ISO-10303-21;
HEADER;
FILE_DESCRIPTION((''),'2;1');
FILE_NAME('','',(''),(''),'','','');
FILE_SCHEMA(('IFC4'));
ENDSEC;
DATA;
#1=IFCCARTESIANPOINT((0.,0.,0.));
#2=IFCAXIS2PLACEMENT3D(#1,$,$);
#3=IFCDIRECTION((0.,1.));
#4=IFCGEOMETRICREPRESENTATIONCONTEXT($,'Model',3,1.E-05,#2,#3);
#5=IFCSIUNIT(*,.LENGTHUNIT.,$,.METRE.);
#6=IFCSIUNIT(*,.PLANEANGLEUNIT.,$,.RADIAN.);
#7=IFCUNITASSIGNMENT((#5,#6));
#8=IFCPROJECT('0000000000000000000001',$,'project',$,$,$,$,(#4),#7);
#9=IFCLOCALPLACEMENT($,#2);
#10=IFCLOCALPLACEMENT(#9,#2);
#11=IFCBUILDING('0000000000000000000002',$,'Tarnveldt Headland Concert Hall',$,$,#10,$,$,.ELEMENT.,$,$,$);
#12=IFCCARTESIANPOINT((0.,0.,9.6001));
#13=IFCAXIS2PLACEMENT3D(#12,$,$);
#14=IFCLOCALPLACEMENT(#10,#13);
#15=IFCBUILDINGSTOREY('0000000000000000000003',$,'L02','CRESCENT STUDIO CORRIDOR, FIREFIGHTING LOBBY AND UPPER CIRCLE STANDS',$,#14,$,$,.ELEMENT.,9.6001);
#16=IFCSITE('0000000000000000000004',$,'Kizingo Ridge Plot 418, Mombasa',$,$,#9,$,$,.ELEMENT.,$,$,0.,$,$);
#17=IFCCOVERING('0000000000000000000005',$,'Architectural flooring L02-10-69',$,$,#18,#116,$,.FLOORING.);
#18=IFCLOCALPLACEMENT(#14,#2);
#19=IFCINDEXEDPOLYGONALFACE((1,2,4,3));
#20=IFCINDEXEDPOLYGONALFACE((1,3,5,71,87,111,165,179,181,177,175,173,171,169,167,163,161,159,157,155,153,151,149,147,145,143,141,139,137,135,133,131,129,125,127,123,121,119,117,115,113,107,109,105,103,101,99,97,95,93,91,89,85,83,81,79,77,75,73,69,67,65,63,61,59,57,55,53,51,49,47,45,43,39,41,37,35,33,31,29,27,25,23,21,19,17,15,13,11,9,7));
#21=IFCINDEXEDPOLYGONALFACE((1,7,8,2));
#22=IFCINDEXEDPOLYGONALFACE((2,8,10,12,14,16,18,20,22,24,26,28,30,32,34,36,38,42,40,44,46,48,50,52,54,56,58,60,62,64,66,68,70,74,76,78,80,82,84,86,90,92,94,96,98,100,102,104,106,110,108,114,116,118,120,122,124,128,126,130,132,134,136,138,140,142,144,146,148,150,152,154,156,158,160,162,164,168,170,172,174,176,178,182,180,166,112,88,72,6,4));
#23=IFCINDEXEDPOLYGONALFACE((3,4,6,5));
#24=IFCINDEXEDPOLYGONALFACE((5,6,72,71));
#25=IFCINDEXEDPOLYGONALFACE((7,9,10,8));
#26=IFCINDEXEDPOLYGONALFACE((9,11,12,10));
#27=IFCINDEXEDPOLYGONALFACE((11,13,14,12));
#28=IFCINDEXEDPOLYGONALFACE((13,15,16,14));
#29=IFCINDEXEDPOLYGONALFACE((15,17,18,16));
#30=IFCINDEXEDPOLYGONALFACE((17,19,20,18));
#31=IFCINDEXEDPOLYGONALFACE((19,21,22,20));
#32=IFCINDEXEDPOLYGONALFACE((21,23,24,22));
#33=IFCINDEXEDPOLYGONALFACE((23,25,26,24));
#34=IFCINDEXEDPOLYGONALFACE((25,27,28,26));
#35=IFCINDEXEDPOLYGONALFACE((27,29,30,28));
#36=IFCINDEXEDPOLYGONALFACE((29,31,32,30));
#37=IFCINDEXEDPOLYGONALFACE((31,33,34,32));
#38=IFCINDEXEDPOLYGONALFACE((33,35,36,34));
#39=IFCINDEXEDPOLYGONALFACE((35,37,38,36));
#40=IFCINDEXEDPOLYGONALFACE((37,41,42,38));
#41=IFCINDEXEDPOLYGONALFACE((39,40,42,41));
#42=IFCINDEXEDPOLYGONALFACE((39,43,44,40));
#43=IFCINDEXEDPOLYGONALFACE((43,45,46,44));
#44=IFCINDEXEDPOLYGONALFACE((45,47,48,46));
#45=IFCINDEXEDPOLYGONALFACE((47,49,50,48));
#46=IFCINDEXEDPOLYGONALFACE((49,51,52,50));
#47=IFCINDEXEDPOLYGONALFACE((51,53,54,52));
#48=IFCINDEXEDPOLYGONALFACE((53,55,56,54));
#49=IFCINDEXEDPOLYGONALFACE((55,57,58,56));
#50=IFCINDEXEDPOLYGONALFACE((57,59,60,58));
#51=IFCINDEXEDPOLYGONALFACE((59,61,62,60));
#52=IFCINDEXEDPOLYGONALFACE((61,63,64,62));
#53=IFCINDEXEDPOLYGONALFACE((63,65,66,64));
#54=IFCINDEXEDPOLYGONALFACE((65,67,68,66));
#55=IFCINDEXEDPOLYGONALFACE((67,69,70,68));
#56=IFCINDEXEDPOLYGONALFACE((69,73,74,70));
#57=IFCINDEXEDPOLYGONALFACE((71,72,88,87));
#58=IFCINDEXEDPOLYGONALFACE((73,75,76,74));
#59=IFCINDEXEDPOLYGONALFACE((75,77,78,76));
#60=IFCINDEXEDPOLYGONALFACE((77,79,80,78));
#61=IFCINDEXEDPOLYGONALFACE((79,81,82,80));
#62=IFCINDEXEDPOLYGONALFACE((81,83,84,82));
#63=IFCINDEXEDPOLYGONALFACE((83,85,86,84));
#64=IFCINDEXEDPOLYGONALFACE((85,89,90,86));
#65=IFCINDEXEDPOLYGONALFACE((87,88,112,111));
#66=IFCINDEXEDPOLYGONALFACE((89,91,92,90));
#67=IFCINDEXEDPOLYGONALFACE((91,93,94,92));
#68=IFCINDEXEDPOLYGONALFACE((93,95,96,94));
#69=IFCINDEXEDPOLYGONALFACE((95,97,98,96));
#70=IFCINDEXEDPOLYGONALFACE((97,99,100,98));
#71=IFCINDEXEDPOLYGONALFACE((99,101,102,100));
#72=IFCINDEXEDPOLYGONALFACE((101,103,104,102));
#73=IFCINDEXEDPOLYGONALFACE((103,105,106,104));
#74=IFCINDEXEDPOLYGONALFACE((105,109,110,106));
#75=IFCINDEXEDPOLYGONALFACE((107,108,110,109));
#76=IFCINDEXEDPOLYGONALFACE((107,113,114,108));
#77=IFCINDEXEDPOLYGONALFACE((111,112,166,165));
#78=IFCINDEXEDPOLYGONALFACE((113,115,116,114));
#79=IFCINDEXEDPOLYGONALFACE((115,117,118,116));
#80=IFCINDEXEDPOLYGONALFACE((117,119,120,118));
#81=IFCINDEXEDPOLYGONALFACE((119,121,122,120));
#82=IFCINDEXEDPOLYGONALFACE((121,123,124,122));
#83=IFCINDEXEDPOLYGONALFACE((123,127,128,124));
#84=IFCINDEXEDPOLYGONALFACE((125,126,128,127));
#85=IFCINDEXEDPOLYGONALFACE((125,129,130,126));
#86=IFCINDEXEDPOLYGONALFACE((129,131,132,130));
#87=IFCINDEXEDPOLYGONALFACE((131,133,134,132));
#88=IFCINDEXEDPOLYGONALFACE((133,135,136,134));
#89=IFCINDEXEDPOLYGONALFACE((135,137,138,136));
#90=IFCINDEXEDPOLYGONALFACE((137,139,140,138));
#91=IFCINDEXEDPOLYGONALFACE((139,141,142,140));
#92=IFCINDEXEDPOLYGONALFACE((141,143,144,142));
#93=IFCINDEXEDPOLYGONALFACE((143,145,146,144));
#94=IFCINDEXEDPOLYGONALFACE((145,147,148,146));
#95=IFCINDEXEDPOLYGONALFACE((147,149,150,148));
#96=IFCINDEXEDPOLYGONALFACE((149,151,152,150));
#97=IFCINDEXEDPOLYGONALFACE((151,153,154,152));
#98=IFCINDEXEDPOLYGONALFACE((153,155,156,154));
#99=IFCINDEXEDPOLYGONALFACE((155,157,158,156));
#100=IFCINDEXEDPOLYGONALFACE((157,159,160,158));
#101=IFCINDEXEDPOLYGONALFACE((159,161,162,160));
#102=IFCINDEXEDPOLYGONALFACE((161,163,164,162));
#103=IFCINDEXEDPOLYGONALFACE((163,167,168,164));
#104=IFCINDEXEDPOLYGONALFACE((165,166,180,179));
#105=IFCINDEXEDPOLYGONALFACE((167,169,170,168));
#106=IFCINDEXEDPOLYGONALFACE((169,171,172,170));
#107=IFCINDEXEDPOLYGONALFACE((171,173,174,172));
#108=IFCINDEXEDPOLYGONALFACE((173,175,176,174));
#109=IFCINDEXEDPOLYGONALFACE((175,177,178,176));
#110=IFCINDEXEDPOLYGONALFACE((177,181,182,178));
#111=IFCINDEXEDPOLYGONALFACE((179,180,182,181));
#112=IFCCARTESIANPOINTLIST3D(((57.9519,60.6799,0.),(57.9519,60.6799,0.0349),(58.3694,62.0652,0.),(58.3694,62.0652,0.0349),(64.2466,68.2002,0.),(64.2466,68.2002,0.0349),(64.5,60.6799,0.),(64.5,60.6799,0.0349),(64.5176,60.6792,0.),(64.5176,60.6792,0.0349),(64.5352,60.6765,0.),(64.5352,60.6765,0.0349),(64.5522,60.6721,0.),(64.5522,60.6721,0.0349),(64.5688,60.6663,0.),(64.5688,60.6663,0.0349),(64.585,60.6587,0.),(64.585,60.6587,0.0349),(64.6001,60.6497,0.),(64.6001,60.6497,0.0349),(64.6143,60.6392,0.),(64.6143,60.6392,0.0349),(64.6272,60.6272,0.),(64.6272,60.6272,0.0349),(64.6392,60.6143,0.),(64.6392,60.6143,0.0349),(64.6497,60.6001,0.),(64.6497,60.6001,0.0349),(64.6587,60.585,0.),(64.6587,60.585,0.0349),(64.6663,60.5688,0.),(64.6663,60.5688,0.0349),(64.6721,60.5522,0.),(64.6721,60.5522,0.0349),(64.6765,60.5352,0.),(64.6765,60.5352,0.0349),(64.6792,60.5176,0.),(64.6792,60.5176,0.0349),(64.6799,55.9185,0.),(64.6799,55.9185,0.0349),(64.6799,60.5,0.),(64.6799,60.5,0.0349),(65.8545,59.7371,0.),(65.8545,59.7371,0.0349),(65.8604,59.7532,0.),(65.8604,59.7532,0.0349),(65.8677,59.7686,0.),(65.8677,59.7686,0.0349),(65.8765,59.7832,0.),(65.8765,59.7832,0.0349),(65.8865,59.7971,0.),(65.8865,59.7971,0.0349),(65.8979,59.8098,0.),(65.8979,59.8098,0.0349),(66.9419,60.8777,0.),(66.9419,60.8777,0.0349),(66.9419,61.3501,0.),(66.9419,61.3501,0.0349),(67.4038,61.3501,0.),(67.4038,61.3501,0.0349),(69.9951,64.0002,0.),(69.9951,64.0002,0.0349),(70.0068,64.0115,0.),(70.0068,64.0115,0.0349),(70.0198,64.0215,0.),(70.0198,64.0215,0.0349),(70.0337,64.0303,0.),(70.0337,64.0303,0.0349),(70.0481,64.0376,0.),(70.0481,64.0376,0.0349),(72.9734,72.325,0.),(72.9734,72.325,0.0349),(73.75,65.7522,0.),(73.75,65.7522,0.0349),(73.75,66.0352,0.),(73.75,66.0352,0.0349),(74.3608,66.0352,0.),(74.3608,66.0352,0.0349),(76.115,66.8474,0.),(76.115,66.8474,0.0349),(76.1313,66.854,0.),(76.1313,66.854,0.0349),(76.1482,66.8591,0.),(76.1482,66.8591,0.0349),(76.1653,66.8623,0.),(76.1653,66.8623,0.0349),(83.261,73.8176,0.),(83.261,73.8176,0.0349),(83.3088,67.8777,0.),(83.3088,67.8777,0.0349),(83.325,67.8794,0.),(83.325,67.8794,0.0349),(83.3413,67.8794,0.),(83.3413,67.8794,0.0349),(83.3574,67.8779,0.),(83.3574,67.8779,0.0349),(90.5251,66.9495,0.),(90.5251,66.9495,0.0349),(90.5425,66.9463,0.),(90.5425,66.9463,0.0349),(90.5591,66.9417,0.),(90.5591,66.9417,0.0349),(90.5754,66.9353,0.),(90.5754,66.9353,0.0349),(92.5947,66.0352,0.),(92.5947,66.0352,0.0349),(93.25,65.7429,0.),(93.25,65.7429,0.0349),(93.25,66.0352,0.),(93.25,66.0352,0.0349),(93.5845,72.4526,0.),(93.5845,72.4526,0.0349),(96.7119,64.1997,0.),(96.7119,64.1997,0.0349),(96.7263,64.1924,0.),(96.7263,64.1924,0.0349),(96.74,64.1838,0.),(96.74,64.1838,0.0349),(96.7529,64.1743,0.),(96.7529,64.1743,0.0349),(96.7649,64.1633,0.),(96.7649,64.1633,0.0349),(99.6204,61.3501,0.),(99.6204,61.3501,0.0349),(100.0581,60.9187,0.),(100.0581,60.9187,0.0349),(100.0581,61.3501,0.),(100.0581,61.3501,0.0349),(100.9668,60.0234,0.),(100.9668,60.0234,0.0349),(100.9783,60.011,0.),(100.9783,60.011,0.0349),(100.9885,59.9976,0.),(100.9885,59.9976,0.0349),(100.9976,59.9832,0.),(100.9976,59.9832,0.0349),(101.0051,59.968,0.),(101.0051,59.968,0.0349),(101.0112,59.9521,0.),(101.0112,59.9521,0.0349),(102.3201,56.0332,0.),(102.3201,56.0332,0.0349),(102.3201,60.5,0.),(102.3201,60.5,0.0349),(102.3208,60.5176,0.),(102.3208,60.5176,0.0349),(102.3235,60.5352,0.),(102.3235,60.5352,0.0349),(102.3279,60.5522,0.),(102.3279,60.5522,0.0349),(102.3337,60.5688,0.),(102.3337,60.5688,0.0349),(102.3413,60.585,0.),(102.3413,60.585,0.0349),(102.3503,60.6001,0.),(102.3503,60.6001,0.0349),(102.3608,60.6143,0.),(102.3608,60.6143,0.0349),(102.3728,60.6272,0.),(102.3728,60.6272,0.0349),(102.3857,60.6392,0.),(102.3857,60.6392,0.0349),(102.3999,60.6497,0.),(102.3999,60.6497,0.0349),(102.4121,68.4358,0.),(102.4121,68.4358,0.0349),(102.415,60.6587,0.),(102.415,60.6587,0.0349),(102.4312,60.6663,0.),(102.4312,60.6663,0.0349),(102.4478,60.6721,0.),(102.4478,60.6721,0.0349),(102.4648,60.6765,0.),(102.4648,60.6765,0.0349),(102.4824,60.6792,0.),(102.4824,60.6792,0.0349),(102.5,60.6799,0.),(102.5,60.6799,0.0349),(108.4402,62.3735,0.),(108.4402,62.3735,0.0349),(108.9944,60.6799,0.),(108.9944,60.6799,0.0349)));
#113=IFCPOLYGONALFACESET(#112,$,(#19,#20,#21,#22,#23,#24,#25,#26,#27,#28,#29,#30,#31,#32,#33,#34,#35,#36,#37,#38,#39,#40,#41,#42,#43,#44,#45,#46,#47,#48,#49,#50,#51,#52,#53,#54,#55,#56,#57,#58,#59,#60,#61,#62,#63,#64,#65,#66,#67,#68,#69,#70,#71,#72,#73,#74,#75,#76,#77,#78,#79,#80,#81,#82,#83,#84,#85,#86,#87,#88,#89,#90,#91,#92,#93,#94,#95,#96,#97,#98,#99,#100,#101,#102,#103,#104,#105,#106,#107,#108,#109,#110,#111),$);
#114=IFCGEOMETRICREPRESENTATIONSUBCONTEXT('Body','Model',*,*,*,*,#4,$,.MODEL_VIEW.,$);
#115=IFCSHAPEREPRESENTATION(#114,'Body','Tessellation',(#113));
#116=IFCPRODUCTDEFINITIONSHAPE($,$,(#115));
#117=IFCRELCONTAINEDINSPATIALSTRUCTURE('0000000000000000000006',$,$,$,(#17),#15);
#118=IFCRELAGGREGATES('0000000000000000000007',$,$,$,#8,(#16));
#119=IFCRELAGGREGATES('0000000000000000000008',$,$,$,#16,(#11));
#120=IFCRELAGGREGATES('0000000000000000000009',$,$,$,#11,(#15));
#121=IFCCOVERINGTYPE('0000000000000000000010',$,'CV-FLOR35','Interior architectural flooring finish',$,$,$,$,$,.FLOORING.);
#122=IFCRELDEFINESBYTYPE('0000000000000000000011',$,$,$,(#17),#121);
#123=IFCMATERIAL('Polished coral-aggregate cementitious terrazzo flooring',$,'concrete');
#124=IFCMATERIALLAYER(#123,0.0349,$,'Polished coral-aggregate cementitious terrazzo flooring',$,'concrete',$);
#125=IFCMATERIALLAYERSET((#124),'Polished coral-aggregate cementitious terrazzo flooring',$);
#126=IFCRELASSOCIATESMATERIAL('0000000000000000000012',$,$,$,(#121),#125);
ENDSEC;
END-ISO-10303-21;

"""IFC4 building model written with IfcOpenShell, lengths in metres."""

from ifc_helpers import new_model, si_unit, direction, frame, origin, place, context, subcontext, project, spatial, polyline, outline, extrude, material, layer, layer_set, type_object, element, save


model = new_model("IFC4")

# Units and contexts
model_context = context("Model", 3, precision=1e-05, world=origin(), true_north=direction((0.0, 1.0)))
body_context = subcontext(model_context, "Body", "Model", "MODEL_VIEW")
ifc_project = project(units=[si_unit("LENGTHUNIT", "METRE"), si_unit("PLANEANGLEUNIT", "RADIAN")], contexts=[model_context])

# Site, building, storey
site_placement = place(None, origin())
site = spatial("IfcSite", under=ifc_project, at=site_placement, Name="Kizingo Ridge Plot 418, Mombasa", CompositionType="ELEMENT", RefElevation=0.0)
building_placement = place(site_placement, origin())
building = spatial("IfcBuilding", under=site, at=building_placement, Name="Tarnveldt Headland Concert Hall", CompositionType="ELEMENT")
storey_placement = place(building_placement, frame((0.0, 0.0, 9.6001)))
storey = spatial("IfcBuildingStorey", under=building, at=storey_placement, Name="L02", Description="CRESCENT STUDIO CORRIDOR, FIREFIGHTING LOBBY AND UPPER CIRCLE STANDS", CompositionType="ELEMENT", Elevation=9.6001)

# Covering
ifc_material_1 = material(Name="Polished coral-aggregate cementitious terrazzo flooring", Category="concrete")
ifc_layer_1 = layer(ifc_material_1, 0.0349, Name="Polished coral-aggregate cementitious terrazzo flooring", Category="concrete")
ifc_layer_set_1 = layer_set([ifc_layer_1], Name="Polished coral-aggregate cementitious terrazzo flooring")
covering_type_1 = type_object("IfcCoveringType", Name="CV-FLOR35", Description="Interior architectural flooring finish", PredefinedType="FLOORING", material=ifc_layer_set_1)
covering_1_placement = place(storey_placement, origin())
element("IfcCovering", 1, at=covering_1_placement, inside=storey, type_object=covering_type_1, Name="Architectural flooring L02-10-69", PredefinedType="FLOORING", context=body_context, shape_type="SweptSolid", body=[
    extrude(outline(polyline([(108.4402, 62.3735), (108.9944, 60.6799), (102.5, 60.6799), (102.4824, 60.6792), (102.4648, 60.6765), (102.4478, 60.6721), (102.4312, 60.6663), (102.415, 60.6587), (102.3999, 60.6497), (102.3857, 60.6392), (102.3728, 60.6272), (102.3608, 60.6143), (102.3503, 60.6001), (102.3413, 60.585), (102.3337, 60.5688), (102.3279, 60.5522), (102.3235, 60.5352), (102.3208, 60.5176), (102.3201, 60.5), (102.3201, 56.0332), (101.0112, 59.9521), (101.0051, 59.968), (100.9976, 59.9832), (100.9885, 59.9976), (100.9783, 60.011), (100.9668, 60.0234), (100.0581, 60.9187), (100.0581, 61.3501), (99.6204, 61.3501), (96.7649, 64.1633), (96.7529, 64.1743), (96.74, 64.1838), (96.7263, 64.1924), (96.7119, 64.1997), (93.25, 65.7429), (93.25, 66.0352), (92.5947, 66.0352), (90.5754, 66.9353), (90.5591, 66.9417), (90.5425, 66.9463), (90.5251, 66.9495), (83.3574, 67.8779), (83.3413, 67.8794), (83.325, 67.8794), (83.3088, 67.8777), (76.1653, 66.8623), (76.1482, 66.8591), (76.1313, 66.854), (76.115, 66.8474), (74.3608, 66.0352), (73.75, 66.0352), (73.75, 65.7522), (70.0481, 64.0376), (70.0337, 64.0303), (70.0198, 64.0215), (70.0068, 64.0115), (69.9951, 64.0002), (67.4038, 61.3501), (66.9419, 61.3501), (66.9419, 60.8777), (65.8979, 59.8098), (65.8865, 59.7971), (65.8765, 59.7832), (65.8677, 59.7686), (65.8604, 59.7532), (65.8545, 59.7371), (64.6799, 55.9185), (64.6799, 60.5), (64.6792, 60.5176), (64.6765, 60.5352), (64.6721, 60.5522), (64.6663, 60.5688), (64.6587, 60.585), (64.6497, 60.6001), (64.6392, 60.6143), (64.6272, 60.6272), (64.6143, 60.6392), (64.6001, 60.6497), (64.585, 60.6587), (64.5688, 60.6663), (64.5522, 60.6721), (64.5352, 60.6765), (64.5176, 60.6792), (64.5, 60.6799), (57.9519, 60.6799), (58.3694, 62.0652), (64.2466, 68.2002), (72.9734, 72.325), (83.261, 73.8176), (93.5845, 72.4526), (102.4121, 68.4358), (108.4402, 62.3735)])), origin(), (0.0, 0.0, 1.0), 0.0349),
])

save(model, "model.ifc")
